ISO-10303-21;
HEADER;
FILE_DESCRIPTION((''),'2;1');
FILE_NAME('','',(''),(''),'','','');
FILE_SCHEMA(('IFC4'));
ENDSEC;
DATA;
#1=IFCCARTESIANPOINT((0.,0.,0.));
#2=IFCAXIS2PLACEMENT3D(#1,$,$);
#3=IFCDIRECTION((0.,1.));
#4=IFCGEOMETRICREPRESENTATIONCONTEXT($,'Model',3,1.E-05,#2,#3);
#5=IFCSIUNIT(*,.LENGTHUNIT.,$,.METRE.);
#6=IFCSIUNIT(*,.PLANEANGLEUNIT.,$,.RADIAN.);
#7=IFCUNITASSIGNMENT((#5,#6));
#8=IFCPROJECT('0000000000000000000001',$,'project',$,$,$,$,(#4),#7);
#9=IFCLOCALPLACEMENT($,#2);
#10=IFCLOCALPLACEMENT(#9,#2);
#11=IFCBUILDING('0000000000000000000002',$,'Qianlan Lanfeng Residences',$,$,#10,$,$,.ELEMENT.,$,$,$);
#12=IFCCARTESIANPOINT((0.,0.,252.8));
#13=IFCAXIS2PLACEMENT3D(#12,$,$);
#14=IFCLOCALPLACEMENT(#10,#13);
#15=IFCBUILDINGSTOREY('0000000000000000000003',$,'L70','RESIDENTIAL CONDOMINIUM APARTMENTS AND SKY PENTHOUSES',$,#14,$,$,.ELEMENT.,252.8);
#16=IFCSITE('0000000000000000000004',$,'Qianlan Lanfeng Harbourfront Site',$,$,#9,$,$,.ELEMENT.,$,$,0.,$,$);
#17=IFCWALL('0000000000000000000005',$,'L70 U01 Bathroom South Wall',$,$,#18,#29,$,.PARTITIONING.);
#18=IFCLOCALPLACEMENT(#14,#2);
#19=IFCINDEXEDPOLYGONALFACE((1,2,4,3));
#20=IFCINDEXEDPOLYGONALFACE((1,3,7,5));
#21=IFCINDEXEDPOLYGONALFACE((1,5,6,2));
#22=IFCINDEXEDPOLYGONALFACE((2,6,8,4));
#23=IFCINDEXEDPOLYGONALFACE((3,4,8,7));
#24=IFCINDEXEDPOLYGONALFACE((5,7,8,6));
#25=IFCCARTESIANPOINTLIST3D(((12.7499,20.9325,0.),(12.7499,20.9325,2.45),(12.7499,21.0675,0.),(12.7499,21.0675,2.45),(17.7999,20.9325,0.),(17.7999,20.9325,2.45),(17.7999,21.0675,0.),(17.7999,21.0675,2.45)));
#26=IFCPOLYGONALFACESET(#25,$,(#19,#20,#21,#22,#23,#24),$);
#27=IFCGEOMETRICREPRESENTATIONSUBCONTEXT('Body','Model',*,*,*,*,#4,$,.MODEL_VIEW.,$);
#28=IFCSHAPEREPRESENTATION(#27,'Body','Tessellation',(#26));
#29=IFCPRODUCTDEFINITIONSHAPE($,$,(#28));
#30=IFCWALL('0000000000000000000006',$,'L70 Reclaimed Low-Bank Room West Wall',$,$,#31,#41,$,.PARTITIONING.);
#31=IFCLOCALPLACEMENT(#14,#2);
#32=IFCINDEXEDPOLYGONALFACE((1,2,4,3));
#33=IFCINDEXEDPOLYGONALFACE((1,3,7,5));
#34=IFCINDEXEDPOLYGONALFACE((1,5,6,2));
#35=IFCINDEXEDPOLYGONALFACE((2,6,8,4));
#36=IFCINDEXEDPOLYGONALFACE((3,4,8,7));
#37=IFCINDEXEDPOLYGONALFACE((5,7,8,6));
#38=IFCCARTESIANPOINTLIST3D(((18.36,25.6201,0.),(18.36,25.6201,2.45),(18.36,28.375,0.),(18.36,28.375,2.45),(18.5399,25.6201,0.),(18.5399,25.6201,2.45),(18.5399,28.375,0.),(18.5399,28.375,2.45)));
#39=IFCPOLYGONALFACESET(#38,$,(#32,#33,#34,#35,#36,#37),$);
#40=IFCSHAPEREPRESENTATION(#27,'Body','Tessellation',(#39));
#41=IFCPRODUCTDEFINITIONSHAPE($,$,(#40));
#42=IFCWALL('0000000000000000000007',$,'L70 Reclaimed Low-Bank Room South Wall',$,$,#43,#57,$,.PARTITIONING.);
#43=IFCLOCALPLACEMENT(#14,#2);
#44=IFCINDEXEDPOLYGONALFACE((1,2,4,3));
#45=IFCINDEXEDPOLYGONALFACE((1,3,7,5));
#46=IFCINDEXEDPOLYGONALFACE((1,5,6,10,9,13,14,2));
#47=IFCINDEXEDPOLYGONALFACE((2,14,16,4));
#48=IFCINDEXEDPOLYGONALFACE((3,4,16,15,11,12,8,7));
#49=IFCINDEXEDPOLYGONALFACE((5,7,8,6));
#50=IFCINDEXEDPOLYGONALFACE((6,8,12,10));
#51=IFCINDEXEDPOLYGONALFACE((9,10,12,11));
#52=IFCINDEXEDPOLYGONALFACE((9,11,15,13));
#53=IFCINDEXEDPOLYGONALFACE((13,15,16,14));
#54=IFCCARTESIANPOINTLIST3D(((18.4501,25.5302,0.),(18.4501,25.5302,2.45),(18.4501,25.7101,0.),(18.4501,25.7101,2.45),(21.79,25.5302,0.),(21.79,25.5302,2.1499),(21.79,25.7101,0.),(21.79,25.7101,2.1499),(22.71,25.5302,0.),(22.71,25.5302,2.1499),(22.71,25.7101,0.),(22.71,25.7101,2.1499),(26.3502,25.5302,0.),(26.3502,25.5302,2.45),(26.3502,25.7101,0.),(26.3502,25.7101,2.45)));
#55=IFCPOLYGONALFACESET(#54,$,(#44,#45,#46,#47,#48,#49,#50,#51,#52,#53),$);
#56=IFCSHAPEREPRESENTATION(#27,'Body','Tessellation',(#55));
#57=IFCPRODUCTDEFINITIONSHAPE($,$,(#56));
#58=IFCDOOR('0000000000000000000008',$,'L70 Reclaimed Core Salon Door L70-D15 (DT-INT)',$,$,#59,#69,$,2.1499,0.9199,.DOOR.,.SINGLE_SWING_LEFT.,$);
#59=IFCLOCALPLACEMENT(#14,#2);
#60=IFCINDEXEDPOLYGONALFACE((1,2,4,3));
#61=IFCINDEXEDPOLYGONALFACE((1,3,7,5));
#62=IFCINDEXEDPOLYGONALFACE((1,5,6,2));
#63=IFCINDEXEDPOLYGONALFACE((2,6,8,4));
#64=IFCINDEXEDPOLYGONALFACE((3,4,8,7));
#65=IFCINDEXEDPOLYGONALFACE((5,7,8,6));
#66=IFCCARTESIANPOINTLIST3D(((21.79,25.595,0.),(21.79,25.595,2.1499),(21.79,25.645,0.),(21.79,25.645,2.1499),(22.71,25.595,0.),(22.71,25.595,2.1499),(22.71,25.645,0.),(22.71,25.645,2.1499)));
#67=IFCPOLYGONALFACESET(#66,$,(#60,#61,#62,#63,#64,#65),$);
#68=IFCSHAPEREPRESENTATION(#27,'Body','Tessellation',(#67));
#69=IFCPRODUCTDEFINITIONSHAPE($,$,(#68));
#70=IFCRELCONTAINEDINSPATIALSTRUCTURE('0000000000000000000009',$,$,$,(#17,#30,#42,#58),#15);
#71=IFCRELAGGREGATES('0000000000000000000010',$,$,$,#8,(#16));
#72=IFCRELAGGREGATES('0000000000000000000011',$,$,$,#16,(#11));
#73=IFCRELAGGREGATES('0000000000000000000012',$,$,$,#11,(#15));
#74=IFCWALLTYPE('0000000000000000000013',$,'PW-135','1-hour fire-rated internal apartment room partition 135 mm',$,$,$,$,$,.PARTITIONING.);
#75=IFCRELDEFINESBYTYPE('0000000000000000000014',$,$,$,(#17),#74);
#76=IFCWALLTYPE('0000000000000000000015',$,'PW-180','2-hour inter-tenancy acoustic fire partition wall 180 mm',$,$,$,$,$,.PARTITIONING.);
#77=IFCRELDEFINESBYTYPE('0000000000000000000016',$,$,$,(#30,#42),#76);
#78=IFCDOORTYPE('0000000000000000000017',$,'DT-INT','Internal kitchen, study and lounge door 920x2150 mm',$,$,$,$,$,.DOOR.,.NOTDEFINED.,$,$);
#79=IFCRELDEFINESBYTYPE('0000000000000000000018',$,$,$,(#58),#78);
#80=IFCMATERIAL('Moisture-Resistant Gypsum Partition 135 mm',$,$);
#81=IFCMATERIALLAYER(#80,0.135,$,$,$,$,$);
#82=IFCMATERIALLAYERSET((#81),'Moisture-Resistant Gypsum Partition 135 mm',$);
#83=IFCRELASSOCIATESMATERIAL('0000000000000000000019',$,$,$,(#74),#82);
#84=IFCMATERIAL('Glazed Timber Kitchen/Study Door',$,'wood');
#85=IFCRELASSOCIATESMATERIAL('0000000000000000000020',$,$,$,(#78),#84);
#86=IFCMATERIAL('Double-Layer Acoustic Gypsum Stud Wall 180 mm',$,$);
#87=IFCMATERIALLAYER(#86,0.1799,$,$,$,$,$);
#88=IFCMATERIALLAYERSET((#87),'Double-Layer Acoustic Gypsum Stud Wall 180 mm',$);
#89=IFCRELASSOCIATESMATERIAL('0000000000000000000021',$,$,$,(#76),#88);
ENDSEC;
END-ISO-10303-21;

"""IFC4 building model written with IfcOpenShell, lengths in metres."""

from ifc_helpers import new_model, si_unit, direction, frame, frame_2d, origin, place, context, subcontext, project, spatial, rectangle, extrude, material, layer, layer_set, type_object, element, fill, save


model = new_model("IFC4")

# Units and contexts
model_context = context("Model", 3, precision=1e-05, world=origin(), true_north=direction((0.0, 1.0)))
body_context = subcontext(model_context, "Body", "Model", "MODEL_VIEW")
ifc_project = project(units=[si_unit("LENGTHUNIT", "METRE"), si_unit("PLANEANGLEUNIT", "RADIAN")], contexts=[model_context])

# Site, building, storey
site_placement = place(None, origin())
site = spatial("IfcSite", under=ifc_project, at=site_placement, Name="Qianlan Lanfeng Harbourfront Site", CompositionType="ELEMENT", RefElevation=0.0)
building_placement = place(site_placement, origin())
building = spatial("IfcBuilding", under=site, at=building_placement, Name="Qianlan Lanfeng Residences", CompositionType="ELEMENT")
storey_placement = place(building_placement, frame((0.0, 0.0, 252.8)))
storey = spatial("IfcBuildingStorey", under=building, at=storey_placement, Name="L70", Description="RESIDENTIAL CONDOMINIUM APARTMENTS AND SKY PENTHOUSES", CompositionType="ELEMENT", Elevation=252.8)

# Shared definitions
ifc_material_1 = material(Name="Moisture-Resistant Gypsum Partition 135 mm")
ifc_layer_1 = layer(ifc_material_1, 0.135)
ifc_layer_set_1 = layer_set([ifc_layer_1], Name="Moisture-Resistant Gypsum Partition 135 mm")
wall_type_1 = type_object("IfcWallType", Name="PW-135", Description="1-hour fire-rated internal apartment room partition 135 mm", PredefinedType="PARTITIONING", material=ifc_layer_set_1)
ifc_material_2 = material(Name="Glazed Timber Kitchen/Study Door", Category="wood")
door_type_1 = type_object("IfcDoorType", Name="DT-INT", Description="Internal kitchen, study and lounge door 920x2150 mm", OperationType="NOTDEFINED", PredefinedType="DOOR", material=ifc_material_2)

# Wall
for number, where, z_axis, x_axis, name in (
    (1, (12.75, 21.0, 0.0), (0.0, 0.0, 1.0), (1.0, 0.0, 0.0), "L70 U01 Bathroom South Wall"),
):
    element("IfcWall", number, at=place(storey_placement, frame(where, z_axis=z_axis, x_axis=x_axis)), inside=storey, type_object=wall_type_1, Name=name, PredefinedType="PARTITIONING", context=body_context, shape_type="SweptSolid", body=[
        extrude(rectangle(XDim=5.05, YDim=0.135, at=frame_2d((2.5249, 0.0))), origin(), (0.0, 0.0, 1.0), 2.45),
    ])

# Shared definitions
ifc_material_3 = material(Name="Double-Layer Acoustic Gypsum Stud Wall 180 mm")
ifc_layer_2 = layer(ifc_material_3, 0.1799)
ifc_layer_set_2 = layer_set([ifc_layer_2], Name="Double-Layer Acoustic Gypsum Stud Wall 180 mm")
wall_type_2 = type_object("IfcWallType", Name="PW-180", Description="2-hour inter-tenancy acoustic fire partition wall 180 mm", PredefinedType="PARTITIONING", material=ifc_layer_set_2)

# Wall
wall_1_placement = place(storey_placement, frame((18.45, 25.6201, 0.0), z_axis=(0.0, 0.0, 1.0), x_axis=(0.0, 1.0, 0.0)))
element("IfcWall", 2, at=wall_1_placement, inside=storey, type_object=wall_type_2, Name="L70 Reclaimed Low-Bank Room West Wall", PredefinedType="PARTITIONING", context=body_context, shape_type="SweptSolid", body=[
    extrude(rectangle(XDim=2.7549, YDim=0.1799, at=frame_2d((1.3774, 0.0))), origin(), (0.0, 0.0, 1.0), 2.45),
])

# Wall, opening, door
wall_2_placement = place(storey_placement, frame((18.45, 25.6201, 0.0), z_axis=(0.0, 0.0, 1.0), x_axis=(1.0, 0.0, 0.0)))
wall_2 = element("IfcWall", 3, at=wall_2_placement, inside=storey, type_object=wall_type_2, Name="L70 Reclaimed Low-Bank Room South Wall", PredefinedType="PARTITIONING", context=body_context, shape_type="SweptSolid", body=[
    extrude(rectangle(XDim=7.9001, YDim=0.1799, at=frame_2d((3.9502, 0.0))), origin(), (0.0, 0.0, 1.0), 2.45),
])
opening_1_placement = place(wall_2_placement, frame((3.3401, 0.0, 0.0)))
opening_1 = element("IfcOpeningElement", 4, at=opening_1_placement, cuts=wall_2, PredefinedType="OPENING", context=body_context, shape_type="SweptSolid", body=[
    extrude(rectangle(XDim=0.9199, YDim=2.1499, at=frame_2d((0.46, 1.075))), frame((0.0, 0.1001, 0.0), z_axis=(0.0, -1.0, 0.0), x_axis=(1.0, 0.0, 0.0)), (0.0, 0.0, 1.0), 0.2),
])
door_1_placement = place(opening_1_placement, origin())
door_1 = element("IfcDoor", 5, at=door_1_placement, inside=storey, type_object=door_type_1, Name="L70 Reclaimed Core Salon Door L70-D15 (DT-INT)", OperationType="SINGLE_SWING_LEFT", OverallHeight=2.1499, OverallWidth=0.9199, PredefinedType="DOOR", context=body_context, shape_type="SweptSolid", body=[
    extrude(rectangle(XDim=0.9199, YDim=2.1499, at=frame_2d((0.46, 1.075))), frame((0.0, 0.0249, 0.0), z_axis=(0.0, -1.0, 0.0), x_axis=(1.0, 0.0, 0.0)), (0.0, 0.0, 1.0), 0.05),
])
fill(opening_1, door_1)

save(model, "model.ifc")
